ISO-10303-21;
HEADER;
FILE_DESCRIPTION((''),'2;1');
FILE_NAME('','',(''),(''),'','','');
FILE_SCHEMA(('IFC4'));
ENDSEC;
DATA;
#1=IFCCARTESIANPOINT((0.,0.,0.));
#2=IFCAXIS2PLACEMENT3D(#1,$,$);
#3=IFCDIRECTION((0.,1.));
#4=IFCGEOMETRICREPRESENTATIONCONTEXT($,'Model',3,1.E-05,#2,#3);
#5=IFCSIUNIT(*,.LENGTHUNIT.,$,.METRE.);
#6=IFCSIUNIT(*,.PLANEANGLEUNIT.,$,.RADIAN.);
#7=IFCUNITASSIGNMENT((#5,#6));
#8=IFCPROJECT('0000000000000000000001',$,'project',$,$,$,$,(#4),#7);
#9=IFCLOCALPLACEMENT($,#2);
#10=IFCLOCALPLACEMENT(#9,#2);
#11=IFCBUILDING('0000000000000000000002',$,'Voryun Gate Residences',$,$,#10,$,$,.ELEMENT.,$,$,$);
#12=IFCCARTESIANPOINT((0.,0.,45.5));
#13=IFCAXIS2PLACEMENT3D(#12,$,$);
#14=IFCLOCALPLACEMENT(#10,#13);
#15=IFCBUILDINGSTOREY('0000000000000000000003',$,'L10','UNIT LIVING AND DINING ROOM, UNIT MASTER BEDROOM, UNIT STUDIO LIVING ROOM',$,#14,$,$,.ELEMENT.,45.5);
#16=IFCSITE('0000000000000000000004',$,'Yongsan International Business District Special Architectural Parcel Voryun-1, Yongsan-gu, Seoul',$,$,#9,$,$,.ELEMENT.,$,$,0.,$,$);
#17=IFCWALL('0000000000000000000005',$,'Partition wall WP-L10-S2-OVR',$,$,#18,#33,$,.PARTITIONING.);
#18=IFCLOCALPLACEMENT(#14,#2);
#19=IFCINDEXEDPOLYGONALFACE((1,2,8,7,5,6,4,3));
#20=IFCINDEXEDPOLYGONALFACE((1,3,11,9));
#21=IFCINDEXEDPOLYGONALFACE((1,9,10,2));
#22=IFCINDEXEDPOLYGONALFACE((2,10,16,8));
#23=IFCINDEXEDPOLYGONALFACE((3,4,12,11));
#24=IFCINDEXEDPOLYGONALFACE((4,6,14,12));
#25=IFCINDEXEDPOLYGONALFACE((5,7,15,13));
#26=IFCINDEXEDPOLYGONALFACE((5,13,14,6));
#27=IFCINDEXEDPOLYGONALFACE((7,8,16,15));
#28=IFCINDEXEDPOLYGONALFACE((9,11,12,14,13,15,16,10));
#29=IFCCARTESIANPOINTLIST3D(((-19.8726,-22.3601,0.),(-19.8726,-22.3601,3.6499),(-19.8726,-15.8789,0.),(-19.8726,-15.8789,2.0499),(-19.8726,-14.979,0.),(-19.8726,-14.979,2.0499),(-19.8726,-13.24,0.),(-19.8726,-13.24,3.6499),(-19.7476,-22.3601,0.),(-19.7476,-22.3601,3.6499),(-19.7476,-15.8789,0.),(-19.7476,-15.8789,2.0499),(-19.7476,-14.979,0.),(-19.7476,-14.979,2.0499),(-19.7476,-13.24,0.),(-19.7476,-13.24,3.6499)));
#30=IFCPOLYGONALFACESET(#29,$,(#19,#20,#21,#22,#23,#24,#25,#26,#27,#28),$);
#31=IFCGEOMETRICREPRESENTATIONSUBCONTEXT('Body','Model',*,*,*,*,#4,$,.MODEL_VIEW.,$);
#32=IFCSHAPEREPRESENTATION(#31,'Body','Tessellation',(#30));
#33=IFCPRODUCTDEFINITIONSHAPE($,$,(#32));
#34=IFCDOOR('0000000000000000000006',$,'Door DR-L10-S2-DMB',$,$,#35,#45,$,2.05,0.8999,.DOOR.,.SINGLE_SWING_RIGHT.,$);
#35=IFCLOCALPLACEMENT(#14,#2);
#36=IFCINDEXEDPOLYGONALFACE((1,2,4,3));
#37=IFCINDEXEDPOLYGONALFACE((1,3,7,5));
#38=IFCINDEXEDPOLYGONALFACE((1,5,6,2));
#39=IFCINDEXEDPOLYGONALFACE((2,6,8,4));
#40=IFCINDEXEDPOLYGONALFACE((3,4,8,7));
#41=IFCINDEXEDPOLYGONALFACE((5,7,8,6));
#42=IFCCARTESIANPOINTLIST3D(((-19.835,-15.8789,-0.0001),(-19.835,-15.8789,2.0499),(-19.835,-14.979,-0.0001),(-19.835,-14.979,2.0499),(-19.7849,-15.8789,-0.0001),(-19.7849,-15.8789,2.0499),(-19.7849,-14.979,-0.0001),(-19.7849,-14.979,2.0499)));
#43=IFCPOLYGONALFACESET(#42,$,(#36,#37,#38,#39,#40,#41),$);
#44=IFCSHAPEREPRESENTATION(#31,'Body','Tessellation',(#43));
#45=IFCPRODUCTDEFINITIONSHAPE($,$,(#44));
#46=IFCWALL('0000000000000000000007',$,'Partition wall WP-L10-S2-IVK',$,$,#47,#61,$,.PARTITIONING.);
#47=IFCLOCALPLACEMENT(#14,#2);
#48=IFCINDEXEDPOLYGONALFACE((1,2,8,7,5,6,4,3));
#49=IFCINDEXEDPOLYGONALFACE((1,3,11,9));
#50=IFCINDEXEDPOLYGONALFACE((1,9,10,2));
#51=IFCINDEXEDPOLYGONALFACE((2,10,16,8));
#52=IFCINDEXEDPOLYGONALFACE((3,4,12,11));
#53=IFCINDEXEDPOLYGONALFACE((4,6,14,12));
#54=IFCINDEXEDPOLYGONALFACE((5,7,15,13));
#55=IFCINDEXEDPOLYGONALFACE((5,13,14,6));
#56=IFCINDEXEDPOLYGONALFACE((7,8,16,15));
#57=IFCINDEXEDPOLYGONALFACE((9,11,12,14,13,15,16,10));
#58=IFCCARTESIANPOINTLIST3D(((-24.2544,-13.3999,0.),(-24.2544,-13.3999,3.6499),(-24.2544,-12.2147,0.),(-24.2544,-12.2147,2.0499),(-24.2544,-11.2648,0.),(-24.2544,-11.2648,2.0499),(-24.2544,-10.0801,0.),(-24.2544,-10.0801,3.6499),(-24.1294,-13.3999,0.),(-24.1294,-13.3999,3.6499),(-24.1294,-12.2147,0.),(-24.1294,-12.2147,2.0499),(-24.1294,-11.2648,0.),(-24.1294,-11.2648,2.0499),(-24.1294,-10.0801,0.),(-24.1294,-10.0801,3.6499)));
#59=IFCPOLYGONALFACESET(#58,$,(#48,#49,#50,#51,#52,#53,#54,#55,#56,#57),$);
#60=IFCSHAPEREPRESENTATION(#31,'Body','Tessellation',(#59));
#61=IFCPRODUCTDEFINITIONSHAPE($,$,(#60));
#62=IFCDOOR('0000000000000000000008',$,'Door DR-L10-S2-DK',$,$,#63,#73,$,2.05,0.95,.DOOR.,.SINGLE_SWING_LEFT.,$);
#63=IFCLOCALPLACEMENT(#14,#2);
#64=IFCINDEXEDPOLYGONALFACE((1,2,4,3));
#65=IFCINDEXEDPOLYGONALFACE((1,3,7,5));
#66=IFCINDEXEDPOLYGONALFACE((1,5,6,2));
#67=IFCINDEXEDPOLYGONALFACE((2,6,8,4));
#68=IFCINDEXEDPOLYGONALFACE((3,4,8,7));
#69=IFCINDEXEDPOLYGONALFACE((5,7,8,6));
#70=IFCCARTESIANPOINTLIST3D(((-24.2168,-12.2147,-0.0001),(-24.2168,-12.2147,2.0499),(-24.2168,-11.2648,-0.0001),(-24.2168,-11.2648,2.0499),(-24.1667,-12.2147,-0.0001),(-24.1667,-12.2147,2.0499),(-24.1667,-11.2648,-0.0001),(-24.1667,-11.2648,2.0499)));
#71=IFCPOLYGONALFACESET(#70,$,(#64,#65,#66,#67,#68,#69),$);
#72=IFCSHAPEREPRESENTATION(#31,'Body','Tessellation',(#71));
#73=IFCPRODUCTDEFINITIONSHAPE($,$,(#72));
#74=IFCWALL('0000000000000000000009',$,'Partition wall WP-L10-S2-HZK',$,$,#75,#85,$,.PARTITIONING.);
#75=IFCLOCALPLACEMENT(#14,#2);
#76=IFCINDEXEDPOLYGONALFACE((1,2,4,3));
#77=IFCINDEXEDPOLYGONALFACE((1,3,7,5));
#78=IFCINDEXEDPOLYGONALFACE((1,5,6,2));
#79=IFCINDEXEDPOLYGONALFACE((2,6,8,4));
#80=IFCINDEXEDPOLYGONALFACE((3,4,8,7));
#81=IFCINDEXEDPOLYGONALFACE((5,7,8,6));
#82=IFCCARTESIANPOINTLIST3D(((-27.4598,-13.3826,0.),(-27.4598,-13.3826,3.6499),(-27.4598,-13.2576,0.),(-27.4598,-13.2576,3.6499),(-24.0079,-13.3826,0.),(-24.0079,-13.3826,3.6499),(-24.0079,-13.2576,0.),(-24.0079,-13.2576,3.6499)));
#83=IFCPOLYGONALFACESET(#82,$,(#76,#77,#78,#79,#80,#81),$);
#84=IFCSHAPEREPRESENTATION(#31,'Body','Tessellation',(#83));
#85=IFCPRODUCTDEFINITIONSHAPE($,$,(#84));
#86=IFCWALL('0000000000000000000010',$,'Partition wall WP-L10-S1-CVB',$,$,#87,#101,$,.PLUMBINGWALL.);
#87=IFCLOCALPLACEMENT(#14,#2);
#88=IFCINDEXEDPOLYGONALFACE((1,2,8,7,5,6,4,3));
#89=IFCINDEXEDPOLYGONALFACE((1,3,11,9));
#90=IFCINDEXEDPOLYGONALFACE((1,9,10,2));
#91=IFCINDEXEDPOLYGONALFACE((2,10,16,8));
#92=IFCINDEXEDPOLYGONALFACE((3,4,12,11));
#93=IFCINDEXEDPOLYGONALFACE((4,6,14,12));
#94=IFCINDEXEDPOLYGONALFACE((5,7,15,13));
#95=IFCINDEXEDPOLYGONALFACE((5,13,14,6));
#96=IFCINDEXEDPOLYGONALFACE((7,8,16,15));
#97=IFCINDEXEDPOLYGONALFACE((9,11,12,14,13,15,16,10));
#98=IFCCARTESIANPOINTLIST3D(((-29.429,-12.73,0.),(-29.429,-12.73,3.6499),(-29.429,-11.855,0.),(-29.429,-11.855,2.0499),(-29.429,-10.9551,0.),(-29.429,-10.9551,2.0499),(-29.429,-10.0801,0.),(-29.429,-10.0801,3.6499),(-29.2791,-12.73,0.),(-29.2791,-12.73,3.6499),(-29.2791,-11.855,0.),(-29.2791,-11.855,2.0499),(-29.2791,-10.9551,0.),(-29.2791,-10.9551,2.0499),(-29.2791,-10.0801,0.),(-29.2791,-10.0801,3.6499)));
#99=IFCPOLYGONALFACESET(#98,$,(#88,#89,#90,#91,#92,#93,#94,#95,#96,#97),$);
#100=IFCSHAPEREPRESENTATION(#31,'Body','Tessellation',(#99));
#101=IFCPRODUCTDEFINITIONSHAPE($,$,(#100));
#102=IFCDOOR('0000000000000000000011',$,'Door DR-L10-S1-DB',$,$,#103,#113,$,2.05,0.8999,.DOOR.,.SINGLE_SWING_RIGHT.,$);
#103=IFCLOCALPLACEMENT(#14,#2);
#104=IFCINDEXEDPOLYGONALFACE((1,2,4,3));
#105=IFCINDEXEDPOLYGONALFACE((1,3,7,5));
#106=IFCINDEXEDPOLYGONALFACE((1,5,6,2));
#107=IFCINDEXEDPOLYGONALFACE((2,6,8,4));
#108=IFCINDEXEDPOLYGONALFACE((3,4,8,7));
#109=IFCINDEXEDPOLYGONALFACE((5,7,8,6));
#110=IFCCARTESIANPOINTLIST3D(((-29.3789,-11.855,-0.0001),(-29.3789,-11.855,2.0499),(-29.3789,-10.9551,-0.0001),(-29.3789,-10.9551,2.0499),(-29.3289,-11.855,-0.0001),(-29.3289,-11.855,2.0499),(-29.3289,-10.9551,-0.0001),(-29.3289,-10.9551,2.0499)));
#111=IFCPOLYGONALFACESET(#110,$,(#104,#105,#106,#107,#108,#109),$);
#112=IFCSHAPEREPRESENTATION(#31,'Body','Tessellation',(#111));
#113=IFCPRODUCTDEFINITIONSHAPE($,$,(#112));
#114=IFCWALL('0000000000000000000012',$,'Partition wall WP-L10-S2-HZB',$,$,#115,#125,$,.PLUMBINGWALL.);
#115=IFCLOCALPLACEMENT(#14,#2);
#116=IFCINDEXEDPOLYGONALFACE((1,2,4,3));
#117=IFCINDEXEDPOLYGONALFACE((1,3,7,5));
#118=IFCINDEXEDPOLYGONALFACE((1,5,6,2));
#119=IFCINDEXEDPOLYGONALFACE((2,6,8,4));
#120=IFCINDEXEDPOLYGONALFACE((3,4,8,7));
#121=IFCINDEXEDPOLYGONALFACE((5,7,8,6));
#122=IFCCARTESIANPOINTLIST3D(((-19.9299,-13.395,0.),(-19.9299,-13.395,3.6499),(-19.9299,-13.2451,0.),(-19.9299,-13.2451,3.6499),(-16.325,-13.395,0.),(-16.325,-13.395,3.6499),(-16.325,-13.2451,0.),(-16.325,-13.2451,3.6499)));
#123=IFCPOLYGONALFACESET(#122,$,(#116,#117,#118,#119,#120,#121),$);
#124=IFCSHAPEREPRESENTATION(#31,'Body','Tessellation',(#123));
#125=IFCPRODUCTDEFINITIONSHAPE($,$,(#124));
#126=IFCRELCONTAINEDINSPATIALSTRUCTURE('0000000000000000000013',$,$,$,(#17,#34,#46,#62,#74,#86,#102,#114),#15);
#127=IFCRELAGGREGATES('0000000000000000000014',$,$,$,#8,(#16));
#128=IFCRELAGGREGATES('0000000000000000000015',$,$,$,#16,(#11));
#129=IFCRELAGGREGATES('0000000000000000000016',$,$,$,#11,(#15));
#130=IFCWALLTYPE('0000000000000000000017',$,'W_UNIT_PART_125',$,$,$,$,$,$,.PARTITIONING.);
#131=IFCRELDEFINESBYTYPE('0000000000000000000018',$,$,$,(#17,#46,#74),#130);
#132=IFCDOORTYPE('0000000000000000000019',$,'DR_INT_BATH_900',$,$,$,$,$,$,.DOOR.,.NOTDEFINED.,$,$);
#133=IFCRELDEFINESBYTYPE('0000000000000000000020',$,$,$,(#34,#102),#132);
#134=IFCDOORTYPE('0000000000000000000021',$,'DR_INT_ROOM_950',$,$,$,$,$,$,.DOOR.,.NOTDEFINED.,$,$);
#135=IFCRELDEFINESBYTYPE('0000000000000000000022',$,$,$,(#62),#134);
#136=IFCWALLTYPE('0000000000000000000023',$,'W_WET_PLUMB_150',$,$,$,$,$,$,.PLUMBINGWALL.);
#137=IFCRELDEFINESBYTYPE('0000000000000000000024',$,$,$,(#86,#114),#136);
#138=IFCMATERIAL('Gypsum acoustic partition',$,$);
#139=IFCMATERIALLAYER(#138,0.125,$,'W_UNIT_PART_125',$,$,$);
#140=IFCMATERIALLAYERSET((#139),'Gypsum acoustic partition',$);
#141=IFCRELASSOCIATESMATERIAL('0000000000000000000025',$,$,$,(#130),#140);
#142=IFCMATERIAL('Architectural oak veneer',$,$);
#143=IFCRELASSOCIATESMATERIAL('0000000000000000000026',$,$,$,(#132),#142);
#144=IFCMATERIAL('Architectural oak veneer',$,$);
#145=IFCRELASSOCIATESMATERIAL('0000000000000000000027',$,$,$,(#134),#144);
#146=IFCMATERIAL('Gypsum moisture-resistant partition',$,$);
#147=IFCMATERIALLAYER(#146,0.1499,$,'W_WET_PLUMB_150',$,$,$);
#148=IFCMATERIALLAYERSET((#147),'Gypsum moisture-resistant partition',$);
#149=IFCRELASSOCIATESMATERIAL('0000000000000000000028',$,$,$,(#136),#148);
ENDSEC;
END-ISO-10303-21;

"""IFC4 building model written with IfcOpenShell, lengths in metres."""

from ifc_helpers import new_model, si_unit, direction, frame, frame_2d, origin, place, context, subcontext, project, spatial, rectangle, extrude, material, layer, layer_set, type_object, element, fill, save


model = new_model("IFC4")

# Units and contexts
model_context = context("Model", 3, precision=1e-05, world=origin(), true_north=direction((0.0, 1.0)))
body_context = subcontext(model_context, "Body", "Model", "MODEL_VIEW")
ifc_project = project(units=[si_unit("LENGTHUNIT", "METRE"), si_unit("PLANEANGLEUNIT", "RADIAN")], contexts=[model_context])

# Site, building, storey
site_placement = place(None, origin())
site = spatial("IfcSite", under=ifc_project, at=site_placement, Name="Yongsan International Business District Special Architectural Parcel Voryun-1, Yongsan-gu, Seoul", CompositionType="ELEMENT", RefElevation=0.0)
building_placement = place(site_placement, origin())
building = spatial("IfcBuilding", under=site, at=building_placement, Name="Voryun Gate Residences", CompositionType="ELEMENT")
storey_placement = place(building_placement, frame((0.0, 0.0, 45.5)))
storey = spatial("IfcBuildingStorey", under=building, at=storey_placement, Name="L10", Description="UNIT LIVING AND DINING ROOM, UNIT MASTER BEDROOM, UNIT STUDIO LIVING ROOM", CompositionType="ELEMENT", Elevation=45.5)

# Walls, openings, doors
ifc_material_1 = material(Name="Gypsum acoustic partition")
ifc_layer_1 = layer(ifc_material_1, 0.125, Name="W_UNIT_PART_125")
ifc_layer_set_1 = layer_set([ifc_layer_1], Name="Gypsum acoustic partition")
wall_type_1 = type_object("IfcWallType", Name="W_UNIT_PART_125", PredefinedType="PARTITIONING", material=ifc_layer_set_1)
ifc_material_2 = material(Name="Architectural oak veneer")
door_type_1 = type_object("IfcDoorType", Name="DR_INT_BATH_900", OperationType="NOTDEFINED", PredefinedType="DOOR", material=ifc_material_2)
ifc_material_3 = material(Name="Architectural oak veneer")
door_type_2 = type_object("IfcDoorType", Name="DR_INT_ROOM_950", OperationType="NOTDEFINED", PredefinedType="DOOR", material=ifc_material_3)
wall_1_placement = place(storey_placement, frame((-19.8101, -22.3601, 0.0), z_axis=(0.0, 0.0, 1.0), x_axis=(0.0, 1.0, 0.0)))
wall_1 = element("IfcWall", 1, at=wall_1_placement, inside=storey, type_object=wall_type_1, Name="Partition wall WP-L10-S2-OVR", PredefinedType="PARTITIONING", context=body_context, shape_type="SweptSolid", body=[
    extrude(rectangle(XDim=9.1201, YDim=0.125, at=frame_2d((4.5601, 0.0))), origin(), (0.0, 0.0, 1.0), 3.6499),
])
opening_1_placement = place(wall_1_placement, frame((6.4812, 0.0, 0.0)))
opening_1 = element("IfcOpeningElement", 2, at=opening_1_placement, cuts=wall_1, PredefinedType="OPENING", context=body_context, shape_type="SweptSolid", body=[
    extrude(rectangle(XDim=0.8999, YDim=2.05, at=frame_2d((0.45, 1.0249))), frame((0.0, 0.0725, 0.0), z_axis=(0.0, -1.0, 0.0), x_axis=(1.0, 0.0, 0.0)), (0.0, 0.0, 1.0), 0.145),
])
door_1_placement = place(opening_1_placement, origin())
door_1 = element("IfcDoor", 3, at=door_1_placement, inside=storey, type_object=door_type_1, Name="Door DR-L10-S2-DMB", OperationType="SINGLE_SWING_RIGHT", OverallHeight=2.05, OverallWidth=0.8999, PredefinedType="DOOR", context=body_context, shape_type="SweptSolid", body=[
    extrude(rectangle(XDim=0.8999, YDim=2.05, at=frame_2d((0.45, 1.0249))), frame((0.0, 0.0249, 0.0), z_axis=(0.0, -1.0, 0.0), x_axis=(1.0, 0.0, 0.0)), (0.0, 0.0, 1.0), 0.05),
])
fill(opening_1, door_1)
wall_2_placement = place(storey_placement, frame((-24.1919, -13.3999, 0.0), z_axis=(0.0, 0.0, 1.0), x_axis=(0.0, 1.0, 0.0)))
wall_2 = element("IfcWall", 4, at=wall_2_placement, inside=storey, type_object=wall_type_1, Name="Partition wall WP-L10-S2-IVK", PredefinedType="PARTITIONING", context=body_context, shape_type="SweptSolid", body=[
    extrude(rectangle(XDim=3.3198, YDim=0.125, at=frame_2d((1.6599, 0.0))), origin(), (0.0, 0.0, 1.0), 3.6499),
])
opening_2_placement = place(wall_2_placement, frame((1.1851, 0.0, 0.0)))
opening_2 = element("IfcOpeningElement", 5, at=opening_2_placement, cuts=wall_2, PredefinedType="OPENING", context=body_context, shape_type="SweptSolid", body=[
    extrude(rectangle(XDim=0.95, YDim=2.05, at=frame_2d((0.4751, 1.0249))), frame((0.0, 0.0725, 0.0), z_axis=(0.0, -1.0, 0.0), x_axis=(1.0, 0.0, 0.0)), (0.0, 0.0, 1.0), 0.145),
])
door_2_placement = place(opening_2_placement, origin())
door_2 = element("IfcDoor", 6, at=door_2_placement, inside=storey, type_object=door_type_2, Name="Door DR-L10-S2-DK", OperationType="SINGLE_SWING_LEFT", OverallHeight=2.05, OverallWidth=0.95, PredefinedType="DOOR", context=body_context, shape_type="SweptSolid", body=[
    extrude(rectangle(XDim=0.95, YDim=2.05, at=frame_2d((0.4751, 1.0249))), frame((0.0, 0.0249, 0.0), z_axis=(0.0, -1.0, 0.0), x_axis=(1.0, 0.0, 0.0)), (0.0, 0.0, 1.0), 0.05),
])
fill(opening_2, door_2)

# Wall
wall_3_placement = place(storey_placement, frame((-27.46, -13.3201, 0.0), z_axis=(0.0, 0.0, 1.0), x_axis=(1.0, 0.0, 0.0)))
element("IfcWall", 7, at=wall_3_placement, inside=storey, type_object=wall_type_1, Name="Partition wall WP-L10-S2-HZK", PredefinedType="PARTITIONING", context=body_context, shape_type="SweptSolid", body=[
    extrude(rectangle(XDim=3.4519, YDim=0.125, at=frame_2d((1.7261, 0.0))), origin(), (0.0, 0.0, 1.0), 3.6499),
])

# Wall, opening, door
ifc_material_4 = material(Name="Gypsum moisture-resistant partition")
ifc_layer_2 = layer(ifc_material_4, 0.1499, Name="W_WET_PLUMB_150")
ifc_layer_set_2 = layer_set([ifc_layer_2], Name="Gypsum moisture-resistant partition")
wall_type_2 = type_object("IfcWallType", Name="W_WET_PLUMB_150", PredefinedType="PLUMBINGWALL", material=ifc_layer_set_2)
wall_4_placement = place(storey_placement, frame((-29.354, -12.73, 0.0), z_axis=(0.0, 0.0, 1.0), x_axis=(0.0, 1.0, 0.0)))
wall_4 = element("IfcWall", 8, at=wall_4_placement, inside=storey, type_object=wall_type_2, Name="Partition wall WP-L10-S1-CVB", PredefinedType="PLUMBINGWALL", context=body_context, shape_type="SweptSolid", body=[
    extrude(rectangle(XDim=2.6499, YDim=0.1499, at=frame_2d((1.325, 0.0))), origin(), (0.0, 0.0, 1.0), 3.6499),
])
opening_3_placement = place(wall_4_placement, frame((0.875, 0.0, 0.0)))
opening_3 = element("IfcOpeningElement", 9, at=opening_3_placement, cuts=wall_4, PredefinedType="OPENING", context=body_context, shape_type="SweptSolid", body=[
    extrude(rectangle(XDim=0.8999, YDim=2.05, at=frame_2d((0.45, 1.0249))), frame((0.0, 0.085, 0.0), z_axis=(0.0, -1.0, 0.0), x_axis=(1.0, 0.0, 0.0)), (0.0, 0.0, 1.0), 0.1699),
])
door_3_placement = place(opening_3_placement, origin())
door_3 = element("IfcDoor", 10, at=door_3_placement, inside=storey, type_object=door_type_1, Name="Door DR-L10-S1-DB", OperationType="SINGLE_SWING_RIGHT", OverallHeight=2.05, OverallWidth=0.8999, PredefinedType="DOOR", context=body_context, shape_type="SweptSolid", body=[
    extrude(rectangle(XDim=0.8999, YDim=2.05, at=frame_2d((0.45, 1.0249))), frame((0.0, 0.0249, 0.0), z_axis=(0.0, -1.0, 0.0), x_axis=(1.0, 0.0, 0.0)), (0.0, 0.0, 1.0), 0.05),
])
fill(opening_3, door_3)

# Wall
wall_5_placement = place(storey_placement, frame((-19.9299, -13.3201, 0.0), z_axis=(0.0, 0.0, 1.0), x_axis=(1.0, 0.0, 0.0)))
element("IfcWall", 11, at=wall_5_placement, inside=storey, type_object=wall_type_2, Name="Partition wall WP-L10-S2-HZB", PredefinedType="PLUMBINGWALL", context=body_context, shape_type="SweptSolid", body=[
    extrude(rectangle(XDim=3.605, YDim=0.1499, at=frame_2d((1.8025, 0.0))), origin(), (0.0, 0.0, 1.0), 3.6499),
])

save(model, "model.ifc")
